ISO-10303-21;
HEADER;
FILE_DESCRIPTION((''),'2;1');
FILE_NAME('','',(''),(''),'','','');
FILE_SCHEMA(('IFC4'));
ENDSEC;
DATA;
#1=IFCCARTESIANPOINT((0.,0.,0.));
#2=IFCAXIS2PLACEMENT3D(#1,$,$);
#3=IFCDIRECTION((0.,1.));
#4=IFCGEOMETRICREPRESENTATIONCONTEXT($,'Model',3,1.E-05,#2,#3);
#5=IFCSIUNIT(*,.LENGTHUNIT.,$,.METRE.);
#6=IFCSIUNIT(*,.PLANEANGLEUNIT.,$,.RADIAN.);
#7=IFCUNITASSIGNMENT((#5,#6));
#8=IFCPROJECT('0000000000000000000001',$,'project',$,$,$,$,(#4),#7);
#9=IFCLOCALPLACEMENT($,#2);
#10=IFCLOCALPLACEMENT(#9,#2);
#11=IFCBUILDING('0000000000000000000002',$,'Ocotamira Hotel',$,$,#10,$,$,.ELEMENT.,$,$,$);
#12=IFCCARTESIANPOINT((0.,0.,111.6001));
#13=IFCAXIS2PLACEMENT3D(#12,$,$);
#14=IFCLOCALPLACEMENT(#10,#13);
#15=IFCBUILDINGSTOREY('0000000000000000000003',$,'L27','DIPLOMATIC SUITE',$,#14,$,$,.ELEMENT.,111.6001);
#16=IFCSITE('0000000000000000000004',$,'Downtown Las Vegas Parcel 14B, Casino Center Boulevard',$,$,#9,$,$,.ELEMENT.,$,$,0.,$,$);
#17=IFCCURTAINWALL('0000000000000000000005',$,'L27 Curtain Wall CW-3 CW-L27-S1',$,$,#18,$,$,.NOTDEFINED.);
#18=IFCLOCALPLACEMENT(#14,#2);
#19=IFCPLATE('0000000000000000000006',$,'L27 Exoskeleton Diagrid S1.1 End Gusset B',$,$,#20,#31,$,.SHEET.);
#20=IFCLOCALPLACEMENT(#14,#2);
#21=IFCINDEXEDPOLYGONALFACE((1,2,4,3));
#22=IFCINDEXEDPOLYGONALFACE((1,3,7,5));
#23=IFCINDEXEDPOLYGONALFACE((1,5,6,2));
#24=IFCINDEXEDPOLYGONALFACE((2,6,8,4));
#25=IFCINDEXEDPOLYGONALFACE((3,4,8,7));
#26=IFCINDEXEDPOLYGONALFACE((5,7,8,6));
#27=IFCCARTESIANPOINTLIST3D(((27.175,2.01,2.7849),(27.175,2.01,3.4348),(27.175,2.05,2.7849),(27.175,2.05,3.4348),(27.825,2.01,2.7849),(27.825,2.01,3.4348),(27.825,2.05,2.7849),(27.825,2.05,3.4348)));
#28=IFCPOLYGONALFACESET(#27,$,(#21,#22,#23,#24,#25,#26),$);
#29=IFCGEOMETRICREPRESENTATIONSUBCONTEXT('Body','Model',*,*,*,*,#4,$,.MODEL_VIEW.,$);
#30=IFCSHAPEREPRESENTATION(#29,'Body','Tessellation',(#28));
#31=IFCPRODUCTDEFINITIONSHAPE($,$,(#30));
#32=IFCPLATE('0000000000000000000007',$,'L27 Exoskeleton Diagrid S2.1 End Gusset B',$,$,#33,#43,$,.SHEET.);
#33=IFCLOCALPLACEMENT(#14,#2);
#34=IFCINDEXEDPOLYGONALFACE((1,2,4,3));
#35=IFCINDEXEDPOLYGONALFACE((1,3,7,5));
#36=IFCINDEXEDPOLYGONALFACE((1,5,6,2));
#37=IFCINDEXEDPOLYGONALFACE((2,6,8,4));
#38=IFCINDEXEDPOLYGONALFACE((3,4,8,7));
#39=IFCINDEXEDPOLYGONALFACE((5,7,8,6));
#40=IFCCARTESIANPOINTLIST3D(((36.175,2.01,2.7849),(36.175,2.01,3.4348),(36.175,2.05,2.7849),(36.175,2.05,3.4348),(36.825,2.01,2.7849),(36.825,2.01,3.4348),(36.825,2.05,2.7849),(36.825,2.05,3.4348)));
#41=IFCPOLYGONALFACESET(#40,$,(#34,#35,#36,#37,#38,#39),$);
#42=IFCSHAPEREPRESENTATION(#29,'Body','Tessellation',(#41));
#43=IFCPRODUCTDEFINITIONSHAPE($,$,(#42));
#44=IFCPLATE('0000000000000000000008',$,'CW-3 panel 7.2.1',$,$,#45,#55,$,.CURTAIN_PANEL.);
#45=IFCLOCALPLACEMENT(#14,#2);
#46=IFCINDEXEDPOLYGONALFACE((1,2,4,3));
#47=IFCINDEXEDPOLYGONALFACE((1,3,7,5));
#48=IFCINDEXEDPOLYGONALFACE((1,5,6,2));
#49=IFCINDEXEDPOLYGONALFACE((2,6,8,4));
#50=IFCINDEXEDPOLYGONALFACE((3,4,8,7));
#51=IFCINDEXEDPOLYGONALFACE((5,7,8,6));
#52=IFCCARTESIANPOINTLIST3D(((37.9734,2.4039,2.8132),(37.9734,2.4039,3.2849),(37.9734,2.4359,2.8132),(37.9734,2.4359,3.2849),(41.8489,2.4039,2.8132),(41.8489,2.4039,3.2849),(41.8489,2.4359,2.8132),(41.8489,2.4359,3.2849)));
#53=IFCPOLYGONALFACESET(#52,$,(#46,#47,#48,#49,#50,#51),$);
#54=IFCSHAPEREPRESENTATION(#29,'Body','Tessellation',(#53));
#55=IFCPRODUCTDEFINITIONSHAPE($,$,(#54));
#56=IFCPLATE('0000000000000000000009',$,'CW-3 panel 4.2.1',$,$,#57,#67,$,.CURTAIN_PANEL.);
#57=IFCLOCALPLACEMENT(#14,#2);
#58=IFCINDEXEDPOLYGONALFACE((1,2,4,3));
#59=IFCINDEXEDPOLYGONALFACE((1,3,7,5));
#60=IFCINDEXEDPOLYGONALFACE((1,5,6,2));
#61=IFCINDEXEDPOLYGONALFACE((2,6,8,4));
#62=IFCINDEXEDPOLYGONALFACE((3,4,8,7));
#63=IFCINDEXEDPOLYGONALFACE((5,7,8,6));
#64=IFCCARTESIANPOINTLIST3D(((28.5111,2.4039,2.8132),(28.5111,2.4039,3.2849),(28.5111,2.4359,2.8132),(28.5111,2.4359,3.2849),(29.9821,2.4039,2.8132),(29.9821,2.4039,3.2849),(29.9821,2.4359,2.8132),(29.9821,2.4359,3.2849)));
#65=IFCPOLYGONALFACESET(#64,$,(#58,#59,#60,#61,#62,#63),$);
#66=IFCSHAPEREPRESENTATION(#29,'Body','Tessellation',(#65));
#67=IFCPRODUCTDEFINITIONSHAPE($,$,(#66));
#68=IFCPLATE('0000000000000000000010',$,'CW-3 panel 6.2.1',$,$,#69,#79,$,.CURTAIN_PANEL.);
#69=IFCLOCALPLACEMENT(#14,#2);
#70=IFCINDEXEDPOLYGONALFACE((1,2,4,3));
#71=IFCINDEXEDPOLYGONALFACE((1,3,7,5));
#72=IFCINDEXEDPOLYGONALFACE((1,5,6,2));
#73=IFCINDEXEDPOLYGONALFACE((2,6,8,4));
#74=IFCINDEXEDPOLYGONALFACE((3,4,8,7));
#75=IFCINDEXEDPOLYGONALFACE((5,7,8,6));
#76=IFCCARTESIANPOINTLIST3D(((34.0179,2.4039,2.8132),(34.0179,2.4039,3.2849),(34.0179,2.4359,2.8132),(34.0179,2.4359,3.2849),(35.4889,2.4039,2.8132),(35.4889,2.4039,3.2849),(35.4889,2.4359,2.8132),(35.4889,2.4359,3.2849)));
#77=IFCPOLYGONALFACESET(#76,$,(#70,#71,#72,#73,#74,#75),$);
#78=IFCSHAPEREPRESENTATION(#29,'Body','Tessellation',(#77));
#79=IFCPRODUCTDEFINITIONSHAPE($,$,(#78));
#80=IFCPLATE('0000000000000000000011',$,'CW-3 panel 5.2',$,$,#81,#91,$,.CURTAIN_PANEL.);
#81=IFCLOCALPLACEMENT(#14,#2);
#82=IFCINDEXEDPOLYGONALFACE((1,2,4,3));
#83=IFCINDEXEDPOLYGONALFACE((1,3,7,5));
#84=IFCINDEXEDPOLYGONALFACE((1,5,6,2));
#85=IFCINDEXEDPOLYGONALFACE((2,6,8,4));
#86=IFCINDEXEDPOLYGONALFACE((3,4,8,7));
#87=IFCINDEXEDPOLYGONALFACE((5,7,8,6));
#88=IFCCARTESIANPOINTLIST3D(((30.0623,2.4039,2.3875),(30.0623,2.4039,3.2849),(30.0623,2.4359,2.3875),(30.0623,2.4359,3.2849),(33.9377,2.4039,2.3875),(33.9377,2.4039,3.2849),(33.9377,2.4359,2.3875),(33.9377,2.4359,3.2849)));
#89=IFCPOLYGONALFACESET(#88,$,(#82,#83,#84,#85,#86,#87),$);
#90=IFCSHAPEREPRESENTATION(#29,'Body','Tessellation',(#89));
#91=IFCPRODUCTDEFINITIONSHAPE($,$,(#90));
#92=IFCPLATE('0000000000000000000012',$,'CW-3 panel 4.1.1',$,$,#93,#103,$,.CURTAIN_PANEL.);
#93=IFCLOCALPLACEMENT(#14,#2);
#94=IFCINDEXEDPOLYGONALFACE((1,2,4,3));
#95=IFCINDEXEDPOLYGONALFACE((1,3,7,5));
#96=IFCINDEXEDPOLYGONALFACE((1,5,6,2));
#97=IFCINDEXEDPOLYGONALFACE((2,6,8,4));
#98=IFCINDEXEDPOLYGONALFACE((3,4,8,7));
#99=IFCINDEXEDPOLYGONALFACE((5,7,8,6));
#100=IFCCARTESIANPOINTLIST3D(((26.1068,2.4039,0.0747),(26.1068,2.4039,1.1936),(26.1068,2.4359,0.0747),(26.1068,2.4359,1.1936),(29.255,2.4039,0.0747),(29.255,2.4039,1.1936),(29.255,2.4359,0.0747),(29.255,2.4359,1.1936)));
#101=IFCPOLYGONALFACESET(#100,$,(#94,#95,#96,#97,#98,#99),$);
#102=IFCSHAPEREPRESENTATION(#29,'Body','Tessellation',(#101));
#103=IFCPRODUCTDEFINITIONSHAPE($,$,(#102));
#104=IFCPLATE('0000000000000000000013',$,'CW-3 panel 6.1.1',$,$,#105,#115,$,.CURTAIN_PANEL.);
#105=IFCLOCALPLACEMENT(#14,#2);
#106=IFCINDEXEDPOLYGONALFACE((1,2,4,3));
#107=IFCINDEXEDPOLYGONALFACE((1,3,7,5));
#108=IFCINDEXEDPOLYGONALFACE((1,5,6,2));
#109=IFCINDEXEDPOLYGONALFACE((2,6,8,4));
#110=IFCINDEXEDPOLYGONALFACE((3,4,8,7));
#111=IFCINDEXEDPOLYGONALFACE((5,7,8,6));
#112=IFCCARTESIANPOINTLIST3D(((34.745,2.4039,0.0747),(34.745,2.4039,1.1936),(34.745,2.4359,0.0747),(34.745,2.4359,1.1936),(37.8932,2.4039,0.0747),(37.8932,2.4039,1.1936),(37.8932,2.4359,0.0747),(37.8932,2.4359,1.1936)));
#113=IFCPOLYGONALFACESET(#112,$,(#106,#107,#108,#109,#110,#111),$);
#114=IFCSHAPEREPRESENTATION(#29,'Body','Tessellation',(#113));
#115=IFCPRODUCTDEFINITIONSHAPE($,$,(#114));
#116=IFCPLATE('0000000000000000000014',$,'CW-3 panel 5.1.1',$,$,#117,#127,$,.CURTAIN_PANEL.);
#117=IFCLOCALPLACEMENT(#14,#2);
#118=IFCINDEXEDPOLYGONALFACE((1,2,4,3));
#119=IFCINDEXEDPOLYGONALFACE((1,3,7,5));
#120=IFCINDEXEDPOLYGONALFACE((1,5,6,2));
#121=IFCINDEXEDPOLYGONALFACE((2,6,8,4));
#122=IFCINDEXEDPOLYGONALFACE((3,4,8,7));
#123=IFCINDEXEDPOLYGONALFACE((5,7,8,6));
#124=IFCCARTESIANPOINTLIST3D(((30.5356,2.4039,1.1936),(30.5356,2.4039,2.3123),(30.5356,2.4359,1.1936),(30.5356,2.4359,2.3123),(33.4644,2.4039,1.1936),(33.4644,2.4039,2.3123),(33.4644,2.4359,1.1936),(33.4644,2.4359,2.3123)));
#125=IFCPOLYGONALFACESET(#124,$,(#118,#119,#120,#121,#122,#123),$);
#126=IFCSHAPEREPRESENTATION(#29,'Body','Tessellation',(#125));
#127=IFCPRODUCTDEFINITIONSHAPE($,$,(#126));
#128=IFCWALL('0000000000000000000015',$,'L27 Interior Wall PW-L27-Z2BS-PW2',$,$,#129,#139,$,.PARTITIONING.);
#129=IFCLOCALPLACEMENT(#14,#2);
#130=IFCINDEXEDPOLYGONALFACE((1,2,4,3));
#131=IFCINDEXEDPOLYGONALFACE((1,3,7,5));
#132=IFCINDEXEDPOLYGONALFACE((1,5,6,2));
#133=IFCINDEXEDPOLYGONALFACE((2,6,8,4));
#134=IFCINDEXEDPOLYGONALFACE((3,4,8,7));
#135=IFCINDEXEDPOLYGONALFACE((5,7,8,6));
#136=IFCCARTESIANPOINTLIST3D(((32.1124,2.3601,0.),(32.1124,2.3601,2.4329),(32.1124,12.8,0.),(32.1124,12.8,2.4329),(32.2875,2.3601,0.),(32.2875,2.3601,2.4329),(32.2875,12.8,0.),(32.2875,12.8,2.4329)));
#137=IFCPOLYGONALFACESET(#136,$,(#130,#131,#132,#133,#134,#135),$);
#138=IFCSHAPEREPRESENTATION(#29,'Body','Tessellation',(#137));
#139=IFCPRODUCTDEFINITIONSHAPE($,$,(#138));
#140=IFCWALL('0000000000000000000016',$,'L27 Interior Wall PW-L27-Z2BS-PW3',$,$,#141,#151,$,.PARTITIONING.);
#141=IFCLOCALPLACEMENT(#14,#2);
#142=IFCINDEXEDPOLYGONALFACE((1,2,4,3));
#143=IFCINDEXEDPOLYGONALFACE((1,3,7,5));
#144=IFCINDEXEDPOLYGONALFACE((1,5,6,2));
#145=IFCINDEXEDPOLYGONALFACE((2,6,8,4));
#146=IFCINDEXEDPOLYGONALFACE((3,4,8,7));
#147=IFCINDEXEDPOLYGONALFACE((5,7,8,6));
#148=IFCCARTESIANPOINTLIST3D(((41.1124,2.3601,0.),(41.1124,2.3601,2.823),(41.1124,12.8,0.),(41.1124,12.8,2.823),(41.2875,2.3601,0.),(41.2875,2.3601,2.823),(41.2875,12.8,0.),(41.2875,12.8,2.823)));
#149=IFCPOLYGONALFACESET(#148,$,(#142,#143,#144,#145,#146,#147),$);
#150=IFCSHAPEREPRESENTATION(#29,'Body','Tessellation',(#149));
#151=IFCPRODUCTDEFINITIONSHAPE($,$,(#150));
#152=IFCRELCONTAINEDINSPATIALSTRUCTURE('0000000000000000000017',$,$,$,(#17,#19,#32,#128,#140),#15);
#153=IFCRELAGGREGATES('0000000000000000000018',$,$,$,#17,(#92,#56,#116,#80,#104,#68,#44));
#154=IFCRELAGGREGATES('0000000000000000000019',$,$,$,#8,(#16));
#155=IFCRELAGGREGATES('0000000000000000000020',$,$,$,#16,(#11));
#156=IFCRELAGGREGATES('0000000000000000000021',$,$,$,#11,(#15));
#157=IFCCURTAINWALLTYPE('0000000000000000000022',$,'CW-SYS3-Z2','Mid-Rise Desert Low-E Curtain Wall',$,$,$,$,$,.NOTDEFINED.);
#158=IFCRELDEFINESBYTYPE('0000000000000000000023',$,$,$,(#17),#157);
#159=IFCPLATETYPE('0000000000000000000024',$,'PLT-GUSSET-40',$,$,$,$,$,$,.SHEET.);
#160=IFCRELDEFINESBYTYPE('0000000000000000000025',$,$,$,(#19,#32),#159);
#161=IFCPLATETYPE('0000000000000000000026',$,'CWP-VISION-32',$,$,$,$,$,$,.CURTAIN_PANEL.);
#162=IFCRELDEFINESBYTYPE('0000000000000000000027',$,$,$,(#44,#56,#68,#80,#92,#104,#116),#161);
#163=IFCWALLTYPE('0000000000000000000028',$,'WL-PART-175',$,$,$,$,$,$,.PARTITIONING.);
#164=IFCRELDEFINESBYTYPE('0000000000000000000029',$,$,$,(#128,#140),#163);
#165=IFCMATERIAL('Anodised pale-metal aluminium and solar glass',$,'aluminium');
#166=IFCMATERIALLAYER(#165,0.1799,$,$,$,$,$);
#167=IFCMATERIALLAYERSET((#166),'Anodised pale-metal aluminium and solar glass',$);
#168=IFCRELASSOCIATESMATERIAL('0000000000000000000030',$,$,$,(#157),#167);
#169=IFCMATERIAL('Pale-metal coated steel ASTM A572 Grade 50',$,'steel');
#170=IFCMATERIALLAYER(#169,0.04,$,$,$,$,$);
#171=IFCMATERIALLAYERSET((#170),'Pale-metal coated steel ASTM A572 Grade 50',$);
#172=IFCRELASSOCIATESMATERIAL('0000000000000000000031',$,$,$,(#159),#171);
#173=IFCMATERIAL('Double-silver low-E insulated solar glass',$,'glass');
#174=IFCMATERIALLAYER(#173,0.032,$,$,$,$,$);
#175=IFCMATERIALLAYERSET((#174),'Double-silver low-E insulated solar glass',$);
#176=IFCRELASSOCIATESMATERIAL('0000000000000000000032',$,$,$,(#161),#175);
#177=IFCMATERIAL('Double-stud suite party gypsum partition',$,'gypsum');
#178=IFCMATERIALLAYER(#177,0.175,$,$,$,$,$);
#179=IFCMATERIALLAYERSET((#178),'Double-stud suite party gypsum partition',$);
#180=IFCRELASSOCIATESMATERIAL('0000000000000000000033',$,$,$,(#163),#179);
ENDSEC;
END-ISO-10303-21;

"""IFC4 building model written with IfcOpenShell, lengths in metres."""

from ifc_helpers import new_model, si_unit, direction, frame, frame_2d, origin, origin_2d, place, context, subcontext, project, spatial, rectangle, extrude, source, transform, mapped, material, layer, layer_set, type_object, element, aggregate, save


model = new_model("IFC4")

# Units and contexts
model_context = context("Model", 3, precision=1e-05, world=origin(), true_north=direction((0.0, 1.0)))
body_context = subcontext(model_context, "Body", "Model", "MODEL_VIEW")
ifc_project = project(units=[si_unit("LENGTHUNIT", "METRE"), si_unit("PLANEANGLEUNIT", "RADIAN")], contexts=[model_context])

# Site, building, storey
site_placement = place(None, origin())
site = spatial("IfcSite", under=ifc_project, at=site_placement, Name="Downtown Las Vegas Parcel 14B, Casino Center Boulevard", CompositionType="ELEMENT", RefElevation=0.0)
building_placement = place(site_placement, origin())
building = spatial("IfcBuilding", under=site, at=building_placement, Name="Ocotamira Hotel", CompositionType="ELEMENT")
storey_placement = place(building_placement, frame((0.0, 0.0, 111.6001)))
storey = spatial("IfcBuildingStorey", under=building, at=storey_placement, Name="L27", Description="DIPLOMATIC SUITE", CompositionType="ELEMENT", Elevation=111.6001)

# Curtain wall
ifc_material_1 = material(Name="Anodised pale-metal aluminium and solar glass", Category="aluminium")
ifc_layer_1 = layer(ifc_material_1, 0.1799)
ifc_layer_set_1 = layer_set([ifc_layer_1], Name="Anodised pale-metal aluminium and solar glass")
curtain_wall_type = type_object("IfcCurtainWallType", Name="CW-SYS3-Z2", Description="Mid-Rise Desert Low-E Curtain Wall", PredefinedType="NOTDEFINED", material=ifc_layer_set_1)
curtain_wall_placement = place(storey_placement, origin())
curtain_wall = element("IfcCurtainWall", 1, at=curtain_wall_placement, inside=storey, type_object=curtain_wall_type, Name="L27 Curtain Wall CW-3 CW-L27-S1", PredefinedType="NOTDEFINED")

# Plates
ifc_material_2 = material(Name="Pale-metal coated steel ASTM A572 Grade 50", Category="steel")
ifc_layer_2 = layer(ifc_material_2, 0.04)
ifc_layer_set_2 = layer_set([ifc_layer_2], Name="Pale-metal coated steel ASTM A572 Grade 50")
plate_type_1 = type_object("IfcPlateType", Name="PLT-GUSSET-40", PredefinedType="SHEET", material=ifc_layer_set_2)
shared_shape_1 = source(origin(), body_context, "Body", "SweptSolid", [
    extrude(rectangle(XDim=0.6499, YDim=0.04, at=origin_2d()), origin(), (0.0, 0.0, 1.0), 0.6499),
])
for number, where, z_axis, x_axis, name in (
    (2, (27.5, 2.03, 2.7849), (0.0, 0.0, 1.0), (1.0, 0.0, 0.0), "L27 Exoskeleton Diagrid S1.1 End Gusset B"),
    (3, (36.5, 2.03, 2.7849), (0.0, 0.0, 1.0), (1.0, 0.0, 0.0), "L27 Exoskeleton Diagrid S2.1 End Gusset B"),
):
    element("IfcPlate", number, at=place(storey_placement, frame(where, z_axis=z_axis, x_axis=x_axis)), inside=storey, type_object=plate_type_1, Name=name, PredefinedType="SHEET", context=body_context, shape_type="MappedRepresentation", body=[
        mapped(shared_shape_1, transform((0.0, 0.0, 0.0), scale=1.0)),
    ])

# Plates
ifc_material_3 = material(Name="Double-silver low-E insulated solar glass", Category="glass")
ifc_layer_3 = layer(ifc_material_3, 0.032)
ifc_layer_set_3 = layer_set([ifc_layer_3], Name="Double-silver low-E insulated solar glass")
plate_type_2 = type_object("IfcPlateType", Name="CWP-VISION-32", PredefinedType="CURTAIN_PANEL", material=ifc_layer_set_3)
shared_shape_2 = source(origin(), body_context, "Body", "SweptSolid", [
    extrude(rectangle(XDim=3.8755, YDim=0.032, at=origin_2d()), origin(), (0.0, 0.0, 1.0), 0.4717),
])
plate_1_placement = place(storey_placement, frame((39.9111, 2.4199, 2.8132), z_axis=(0.0, 0.0, 1.0), x_axis=(1.0, 0.0, 0.0)))
plate_1 = element("IfcPlate", 4, at=plate_1_placement, type_object=plate_type_2, Name="CW-3 panel 7.2.1", PredefinedType="CURTAIN_PANEL", context=body_context, shape_type="MappedRepresentation", body=[
    mapped(shared_shape_2, transform((0.0, 0.0, 0.0), scale=1.0)),
])
shared_shape_3 = source(origin(), body_context, "Body", "SweptSolid", [
    extrude(rectangle(XDim=1.4709, YDim=0.032, at=origin_2d()), origin(), (0.0, 0.0, 1.0), 0.4717),
])
plate_2_placement = place(storey_placement, frame((29.2466, 2.4199, 2.8132), z_axis=(0.0, 0.0, 1.0), x_axis=(1.0, 0.0, 0.0)))
plate_2 = element("IfcPlate", 5, at=plate_2_placement, type_object=plate_type_2, Name="CW-3 panel 4.2.1", PredefinedType="CURTAIN_PANEL", context=body_context, shape_type="MappedRepresentation", body=[
    mapped(shared_shape_3, transform((0.0, 0.0, 0.0), scale=1.0)),
])
plate_3_placement = place(storey_placement, frame((34.7534, 2.4199, 2.8132), z_axis=(0.0, 0.0, 1.0), x_axis=(1.0, 0.0, 0.0)))
plate_3 = element("IfcPlate", 6, at=plate_3_placement, type_object=plate_type_2, Name="CW-3 panel 6.2.1", PredefinedType="CURTAIN_PANEL", context=body_context, shape_type="MappedRepresentation", body=[
    mapped(shared_shape_3, transform((0.0, 0.0, 0.0), scale=1.0)),
])
shared_shape_4 = source(origin(), body_context, "Body", "SweptSolid", [
    extrude(rectangle(XDim=3.8755, YDim=0.032, at=origin_2d()), origin(), (0.0, 0.0, 1.0), 0.8975),
])
plate_4_placement = place(storey_placement, frame((32.0, 2.4199, 2.3875), z_axis=(0.0, 0.0, 1.0), x_axis=(1.0, 0.0, 0.0)))
plate_4 = element("IfcPlate", 7, at=plate_4_placement, type_object=plate_type_2, Name="CW-3 panel 5.2", PredefinedType="CURTAIN_PANEL", context=body_context, shape_type="MappedRepresentation", body=[
    mapped(shared_shape_4, transform((0.0, 0.0, 0.0), scale=1.0)),
])
shared_shape_5 = source(origin(), body_context, "Body", "SweptSolid", [
    extrude(rectangle(XDim=3.1482, YDim=0.032, at=origin_2d()), origin(), (0.0, 0.0, 1.0), 1.1189),
])
plate_5_placement = place(storey_placement, frame((27.6809, 2.4199, 0.0747), z_axis=(0.0, 0.0, 1.0), x_axis=(1.0, 0.0, 0.0)))
plate_5 = element("IfcPlate", 8, at=plate_5_placement, type_object=plate_type_2, Name="CW-3 panel 4.1.1", PredefinedType="CURTAIN_PANEL", context=body_context, shape_type="MappedRepresentation", body=[
    mapped(shared_shape_5, transform((0.0, 0.0, 0.0), scale=1.0)),
])
plate_6_placement = place(storey_placement, frame((36.3191, 2.4199, 0.0747), z_axis=(0.0, 0.0, 1.0), x_axis=(1.0, 0.0, 0.0)))
plate_6 = element("IfcPlate", 9, at=plate_6_placement, type_object=plate_type_2, Name="CW-3 panel 6.1.1", PredefinedType="CURTAIN_PANEL", context=body_context, shape_type="MappedRepresentation", body=[
    mapped(shared_shape_5, transform((0.0, 0.0, 0.0), scale=1.0)),
])
shared_shape_6 = source(origin(), body_context, "Body", "SweptSolid", [
    extrude(rectangle(XDim=2.9287, YDim=0.032, at=origin_2d()), origin(), (0.0, 0.0, 1.0), 1.1187),
])
plate_7_placement = place(storey_placement, frame((32.0, 2.4199, 1.1936), z_axis=(0.0, 0.0, 1.0), x_axis=(1.0, 0.0, 0.0)))
plate_7 = element("IfcPlate", 10, at=plate_7_placement, type_object=plate_type_2, Name="CW-3 panel 5.1.1", PredefinedType="CURTAIN_PANEL", context=body_context, shape_type="MappedRepresentation", body=[
    mapped(shared_shape_6, transform((0.0, 0.0, 0.0), scale=1.0)),
])
aggregate(curtain_wall, [plate_5, plate_2, plate_7, plate_4, plate_6, plate_3, plate_1])

# Walls
ifc_material_4 = material(Name="Double-stud suite party gypsum partition", Category="gypsum")
ifc_layer_4 = layer(ifc_material_4, 0.175)
ifc_layer_set_4 = layer_set([ifc_layer_4], Name="Double-stud suite party gypsum partition")
wall_type = type_object("IfcWallType", Name="WL-PART-175", PredefinedType="PARTITIONING", material=ifc_layer_set_4)
wall_1_placement = place(storey_placement, frame((32.2, 2.3601, 0.0), z_axis=(0.0, 0.0, 1.0), x_axis=(0.0, 1.0, 0.0)))
element("IfcWall", 11, at=wall_1_placement, inside=storey, type_object=wall_type, Name="L27 Interior Wall PW-L27-Z2BS-PW2", PredefinedType="PARTITIONING", context=body_context, shape_type="SweptSolid", body=[
    extrude(rectangle(XDim=10.4399, YDim=0.175, at=frame_2d((5.22, 0.0))), origin(), (0.0, 0.0, 1.0), 2.4329),
])
wall_2_placement = place(storey_placement, frame((41.2, 2.3601, 0.0), z_axis=(0.0, 0.0, 1.0), x_axis=(0.0, 1.0, 0.0)))
element("IfcWall", 12, at=wall_2_placement, inside=storey, type_object=wall_type, Name="L27 Interior Wall PW-L27-Z2BS-PW3", PredefinedType="PARTITIONING", context=body_context, shape_type="SweptSolid", body=[
    extrude(rectangle(XDim=10.4399, YDim=0.175, at=frame_2d((5.22, 0.0))), origin(), (0.0, 0.0, 1.0), 2.823),
])

save(model, "model.ifc")
